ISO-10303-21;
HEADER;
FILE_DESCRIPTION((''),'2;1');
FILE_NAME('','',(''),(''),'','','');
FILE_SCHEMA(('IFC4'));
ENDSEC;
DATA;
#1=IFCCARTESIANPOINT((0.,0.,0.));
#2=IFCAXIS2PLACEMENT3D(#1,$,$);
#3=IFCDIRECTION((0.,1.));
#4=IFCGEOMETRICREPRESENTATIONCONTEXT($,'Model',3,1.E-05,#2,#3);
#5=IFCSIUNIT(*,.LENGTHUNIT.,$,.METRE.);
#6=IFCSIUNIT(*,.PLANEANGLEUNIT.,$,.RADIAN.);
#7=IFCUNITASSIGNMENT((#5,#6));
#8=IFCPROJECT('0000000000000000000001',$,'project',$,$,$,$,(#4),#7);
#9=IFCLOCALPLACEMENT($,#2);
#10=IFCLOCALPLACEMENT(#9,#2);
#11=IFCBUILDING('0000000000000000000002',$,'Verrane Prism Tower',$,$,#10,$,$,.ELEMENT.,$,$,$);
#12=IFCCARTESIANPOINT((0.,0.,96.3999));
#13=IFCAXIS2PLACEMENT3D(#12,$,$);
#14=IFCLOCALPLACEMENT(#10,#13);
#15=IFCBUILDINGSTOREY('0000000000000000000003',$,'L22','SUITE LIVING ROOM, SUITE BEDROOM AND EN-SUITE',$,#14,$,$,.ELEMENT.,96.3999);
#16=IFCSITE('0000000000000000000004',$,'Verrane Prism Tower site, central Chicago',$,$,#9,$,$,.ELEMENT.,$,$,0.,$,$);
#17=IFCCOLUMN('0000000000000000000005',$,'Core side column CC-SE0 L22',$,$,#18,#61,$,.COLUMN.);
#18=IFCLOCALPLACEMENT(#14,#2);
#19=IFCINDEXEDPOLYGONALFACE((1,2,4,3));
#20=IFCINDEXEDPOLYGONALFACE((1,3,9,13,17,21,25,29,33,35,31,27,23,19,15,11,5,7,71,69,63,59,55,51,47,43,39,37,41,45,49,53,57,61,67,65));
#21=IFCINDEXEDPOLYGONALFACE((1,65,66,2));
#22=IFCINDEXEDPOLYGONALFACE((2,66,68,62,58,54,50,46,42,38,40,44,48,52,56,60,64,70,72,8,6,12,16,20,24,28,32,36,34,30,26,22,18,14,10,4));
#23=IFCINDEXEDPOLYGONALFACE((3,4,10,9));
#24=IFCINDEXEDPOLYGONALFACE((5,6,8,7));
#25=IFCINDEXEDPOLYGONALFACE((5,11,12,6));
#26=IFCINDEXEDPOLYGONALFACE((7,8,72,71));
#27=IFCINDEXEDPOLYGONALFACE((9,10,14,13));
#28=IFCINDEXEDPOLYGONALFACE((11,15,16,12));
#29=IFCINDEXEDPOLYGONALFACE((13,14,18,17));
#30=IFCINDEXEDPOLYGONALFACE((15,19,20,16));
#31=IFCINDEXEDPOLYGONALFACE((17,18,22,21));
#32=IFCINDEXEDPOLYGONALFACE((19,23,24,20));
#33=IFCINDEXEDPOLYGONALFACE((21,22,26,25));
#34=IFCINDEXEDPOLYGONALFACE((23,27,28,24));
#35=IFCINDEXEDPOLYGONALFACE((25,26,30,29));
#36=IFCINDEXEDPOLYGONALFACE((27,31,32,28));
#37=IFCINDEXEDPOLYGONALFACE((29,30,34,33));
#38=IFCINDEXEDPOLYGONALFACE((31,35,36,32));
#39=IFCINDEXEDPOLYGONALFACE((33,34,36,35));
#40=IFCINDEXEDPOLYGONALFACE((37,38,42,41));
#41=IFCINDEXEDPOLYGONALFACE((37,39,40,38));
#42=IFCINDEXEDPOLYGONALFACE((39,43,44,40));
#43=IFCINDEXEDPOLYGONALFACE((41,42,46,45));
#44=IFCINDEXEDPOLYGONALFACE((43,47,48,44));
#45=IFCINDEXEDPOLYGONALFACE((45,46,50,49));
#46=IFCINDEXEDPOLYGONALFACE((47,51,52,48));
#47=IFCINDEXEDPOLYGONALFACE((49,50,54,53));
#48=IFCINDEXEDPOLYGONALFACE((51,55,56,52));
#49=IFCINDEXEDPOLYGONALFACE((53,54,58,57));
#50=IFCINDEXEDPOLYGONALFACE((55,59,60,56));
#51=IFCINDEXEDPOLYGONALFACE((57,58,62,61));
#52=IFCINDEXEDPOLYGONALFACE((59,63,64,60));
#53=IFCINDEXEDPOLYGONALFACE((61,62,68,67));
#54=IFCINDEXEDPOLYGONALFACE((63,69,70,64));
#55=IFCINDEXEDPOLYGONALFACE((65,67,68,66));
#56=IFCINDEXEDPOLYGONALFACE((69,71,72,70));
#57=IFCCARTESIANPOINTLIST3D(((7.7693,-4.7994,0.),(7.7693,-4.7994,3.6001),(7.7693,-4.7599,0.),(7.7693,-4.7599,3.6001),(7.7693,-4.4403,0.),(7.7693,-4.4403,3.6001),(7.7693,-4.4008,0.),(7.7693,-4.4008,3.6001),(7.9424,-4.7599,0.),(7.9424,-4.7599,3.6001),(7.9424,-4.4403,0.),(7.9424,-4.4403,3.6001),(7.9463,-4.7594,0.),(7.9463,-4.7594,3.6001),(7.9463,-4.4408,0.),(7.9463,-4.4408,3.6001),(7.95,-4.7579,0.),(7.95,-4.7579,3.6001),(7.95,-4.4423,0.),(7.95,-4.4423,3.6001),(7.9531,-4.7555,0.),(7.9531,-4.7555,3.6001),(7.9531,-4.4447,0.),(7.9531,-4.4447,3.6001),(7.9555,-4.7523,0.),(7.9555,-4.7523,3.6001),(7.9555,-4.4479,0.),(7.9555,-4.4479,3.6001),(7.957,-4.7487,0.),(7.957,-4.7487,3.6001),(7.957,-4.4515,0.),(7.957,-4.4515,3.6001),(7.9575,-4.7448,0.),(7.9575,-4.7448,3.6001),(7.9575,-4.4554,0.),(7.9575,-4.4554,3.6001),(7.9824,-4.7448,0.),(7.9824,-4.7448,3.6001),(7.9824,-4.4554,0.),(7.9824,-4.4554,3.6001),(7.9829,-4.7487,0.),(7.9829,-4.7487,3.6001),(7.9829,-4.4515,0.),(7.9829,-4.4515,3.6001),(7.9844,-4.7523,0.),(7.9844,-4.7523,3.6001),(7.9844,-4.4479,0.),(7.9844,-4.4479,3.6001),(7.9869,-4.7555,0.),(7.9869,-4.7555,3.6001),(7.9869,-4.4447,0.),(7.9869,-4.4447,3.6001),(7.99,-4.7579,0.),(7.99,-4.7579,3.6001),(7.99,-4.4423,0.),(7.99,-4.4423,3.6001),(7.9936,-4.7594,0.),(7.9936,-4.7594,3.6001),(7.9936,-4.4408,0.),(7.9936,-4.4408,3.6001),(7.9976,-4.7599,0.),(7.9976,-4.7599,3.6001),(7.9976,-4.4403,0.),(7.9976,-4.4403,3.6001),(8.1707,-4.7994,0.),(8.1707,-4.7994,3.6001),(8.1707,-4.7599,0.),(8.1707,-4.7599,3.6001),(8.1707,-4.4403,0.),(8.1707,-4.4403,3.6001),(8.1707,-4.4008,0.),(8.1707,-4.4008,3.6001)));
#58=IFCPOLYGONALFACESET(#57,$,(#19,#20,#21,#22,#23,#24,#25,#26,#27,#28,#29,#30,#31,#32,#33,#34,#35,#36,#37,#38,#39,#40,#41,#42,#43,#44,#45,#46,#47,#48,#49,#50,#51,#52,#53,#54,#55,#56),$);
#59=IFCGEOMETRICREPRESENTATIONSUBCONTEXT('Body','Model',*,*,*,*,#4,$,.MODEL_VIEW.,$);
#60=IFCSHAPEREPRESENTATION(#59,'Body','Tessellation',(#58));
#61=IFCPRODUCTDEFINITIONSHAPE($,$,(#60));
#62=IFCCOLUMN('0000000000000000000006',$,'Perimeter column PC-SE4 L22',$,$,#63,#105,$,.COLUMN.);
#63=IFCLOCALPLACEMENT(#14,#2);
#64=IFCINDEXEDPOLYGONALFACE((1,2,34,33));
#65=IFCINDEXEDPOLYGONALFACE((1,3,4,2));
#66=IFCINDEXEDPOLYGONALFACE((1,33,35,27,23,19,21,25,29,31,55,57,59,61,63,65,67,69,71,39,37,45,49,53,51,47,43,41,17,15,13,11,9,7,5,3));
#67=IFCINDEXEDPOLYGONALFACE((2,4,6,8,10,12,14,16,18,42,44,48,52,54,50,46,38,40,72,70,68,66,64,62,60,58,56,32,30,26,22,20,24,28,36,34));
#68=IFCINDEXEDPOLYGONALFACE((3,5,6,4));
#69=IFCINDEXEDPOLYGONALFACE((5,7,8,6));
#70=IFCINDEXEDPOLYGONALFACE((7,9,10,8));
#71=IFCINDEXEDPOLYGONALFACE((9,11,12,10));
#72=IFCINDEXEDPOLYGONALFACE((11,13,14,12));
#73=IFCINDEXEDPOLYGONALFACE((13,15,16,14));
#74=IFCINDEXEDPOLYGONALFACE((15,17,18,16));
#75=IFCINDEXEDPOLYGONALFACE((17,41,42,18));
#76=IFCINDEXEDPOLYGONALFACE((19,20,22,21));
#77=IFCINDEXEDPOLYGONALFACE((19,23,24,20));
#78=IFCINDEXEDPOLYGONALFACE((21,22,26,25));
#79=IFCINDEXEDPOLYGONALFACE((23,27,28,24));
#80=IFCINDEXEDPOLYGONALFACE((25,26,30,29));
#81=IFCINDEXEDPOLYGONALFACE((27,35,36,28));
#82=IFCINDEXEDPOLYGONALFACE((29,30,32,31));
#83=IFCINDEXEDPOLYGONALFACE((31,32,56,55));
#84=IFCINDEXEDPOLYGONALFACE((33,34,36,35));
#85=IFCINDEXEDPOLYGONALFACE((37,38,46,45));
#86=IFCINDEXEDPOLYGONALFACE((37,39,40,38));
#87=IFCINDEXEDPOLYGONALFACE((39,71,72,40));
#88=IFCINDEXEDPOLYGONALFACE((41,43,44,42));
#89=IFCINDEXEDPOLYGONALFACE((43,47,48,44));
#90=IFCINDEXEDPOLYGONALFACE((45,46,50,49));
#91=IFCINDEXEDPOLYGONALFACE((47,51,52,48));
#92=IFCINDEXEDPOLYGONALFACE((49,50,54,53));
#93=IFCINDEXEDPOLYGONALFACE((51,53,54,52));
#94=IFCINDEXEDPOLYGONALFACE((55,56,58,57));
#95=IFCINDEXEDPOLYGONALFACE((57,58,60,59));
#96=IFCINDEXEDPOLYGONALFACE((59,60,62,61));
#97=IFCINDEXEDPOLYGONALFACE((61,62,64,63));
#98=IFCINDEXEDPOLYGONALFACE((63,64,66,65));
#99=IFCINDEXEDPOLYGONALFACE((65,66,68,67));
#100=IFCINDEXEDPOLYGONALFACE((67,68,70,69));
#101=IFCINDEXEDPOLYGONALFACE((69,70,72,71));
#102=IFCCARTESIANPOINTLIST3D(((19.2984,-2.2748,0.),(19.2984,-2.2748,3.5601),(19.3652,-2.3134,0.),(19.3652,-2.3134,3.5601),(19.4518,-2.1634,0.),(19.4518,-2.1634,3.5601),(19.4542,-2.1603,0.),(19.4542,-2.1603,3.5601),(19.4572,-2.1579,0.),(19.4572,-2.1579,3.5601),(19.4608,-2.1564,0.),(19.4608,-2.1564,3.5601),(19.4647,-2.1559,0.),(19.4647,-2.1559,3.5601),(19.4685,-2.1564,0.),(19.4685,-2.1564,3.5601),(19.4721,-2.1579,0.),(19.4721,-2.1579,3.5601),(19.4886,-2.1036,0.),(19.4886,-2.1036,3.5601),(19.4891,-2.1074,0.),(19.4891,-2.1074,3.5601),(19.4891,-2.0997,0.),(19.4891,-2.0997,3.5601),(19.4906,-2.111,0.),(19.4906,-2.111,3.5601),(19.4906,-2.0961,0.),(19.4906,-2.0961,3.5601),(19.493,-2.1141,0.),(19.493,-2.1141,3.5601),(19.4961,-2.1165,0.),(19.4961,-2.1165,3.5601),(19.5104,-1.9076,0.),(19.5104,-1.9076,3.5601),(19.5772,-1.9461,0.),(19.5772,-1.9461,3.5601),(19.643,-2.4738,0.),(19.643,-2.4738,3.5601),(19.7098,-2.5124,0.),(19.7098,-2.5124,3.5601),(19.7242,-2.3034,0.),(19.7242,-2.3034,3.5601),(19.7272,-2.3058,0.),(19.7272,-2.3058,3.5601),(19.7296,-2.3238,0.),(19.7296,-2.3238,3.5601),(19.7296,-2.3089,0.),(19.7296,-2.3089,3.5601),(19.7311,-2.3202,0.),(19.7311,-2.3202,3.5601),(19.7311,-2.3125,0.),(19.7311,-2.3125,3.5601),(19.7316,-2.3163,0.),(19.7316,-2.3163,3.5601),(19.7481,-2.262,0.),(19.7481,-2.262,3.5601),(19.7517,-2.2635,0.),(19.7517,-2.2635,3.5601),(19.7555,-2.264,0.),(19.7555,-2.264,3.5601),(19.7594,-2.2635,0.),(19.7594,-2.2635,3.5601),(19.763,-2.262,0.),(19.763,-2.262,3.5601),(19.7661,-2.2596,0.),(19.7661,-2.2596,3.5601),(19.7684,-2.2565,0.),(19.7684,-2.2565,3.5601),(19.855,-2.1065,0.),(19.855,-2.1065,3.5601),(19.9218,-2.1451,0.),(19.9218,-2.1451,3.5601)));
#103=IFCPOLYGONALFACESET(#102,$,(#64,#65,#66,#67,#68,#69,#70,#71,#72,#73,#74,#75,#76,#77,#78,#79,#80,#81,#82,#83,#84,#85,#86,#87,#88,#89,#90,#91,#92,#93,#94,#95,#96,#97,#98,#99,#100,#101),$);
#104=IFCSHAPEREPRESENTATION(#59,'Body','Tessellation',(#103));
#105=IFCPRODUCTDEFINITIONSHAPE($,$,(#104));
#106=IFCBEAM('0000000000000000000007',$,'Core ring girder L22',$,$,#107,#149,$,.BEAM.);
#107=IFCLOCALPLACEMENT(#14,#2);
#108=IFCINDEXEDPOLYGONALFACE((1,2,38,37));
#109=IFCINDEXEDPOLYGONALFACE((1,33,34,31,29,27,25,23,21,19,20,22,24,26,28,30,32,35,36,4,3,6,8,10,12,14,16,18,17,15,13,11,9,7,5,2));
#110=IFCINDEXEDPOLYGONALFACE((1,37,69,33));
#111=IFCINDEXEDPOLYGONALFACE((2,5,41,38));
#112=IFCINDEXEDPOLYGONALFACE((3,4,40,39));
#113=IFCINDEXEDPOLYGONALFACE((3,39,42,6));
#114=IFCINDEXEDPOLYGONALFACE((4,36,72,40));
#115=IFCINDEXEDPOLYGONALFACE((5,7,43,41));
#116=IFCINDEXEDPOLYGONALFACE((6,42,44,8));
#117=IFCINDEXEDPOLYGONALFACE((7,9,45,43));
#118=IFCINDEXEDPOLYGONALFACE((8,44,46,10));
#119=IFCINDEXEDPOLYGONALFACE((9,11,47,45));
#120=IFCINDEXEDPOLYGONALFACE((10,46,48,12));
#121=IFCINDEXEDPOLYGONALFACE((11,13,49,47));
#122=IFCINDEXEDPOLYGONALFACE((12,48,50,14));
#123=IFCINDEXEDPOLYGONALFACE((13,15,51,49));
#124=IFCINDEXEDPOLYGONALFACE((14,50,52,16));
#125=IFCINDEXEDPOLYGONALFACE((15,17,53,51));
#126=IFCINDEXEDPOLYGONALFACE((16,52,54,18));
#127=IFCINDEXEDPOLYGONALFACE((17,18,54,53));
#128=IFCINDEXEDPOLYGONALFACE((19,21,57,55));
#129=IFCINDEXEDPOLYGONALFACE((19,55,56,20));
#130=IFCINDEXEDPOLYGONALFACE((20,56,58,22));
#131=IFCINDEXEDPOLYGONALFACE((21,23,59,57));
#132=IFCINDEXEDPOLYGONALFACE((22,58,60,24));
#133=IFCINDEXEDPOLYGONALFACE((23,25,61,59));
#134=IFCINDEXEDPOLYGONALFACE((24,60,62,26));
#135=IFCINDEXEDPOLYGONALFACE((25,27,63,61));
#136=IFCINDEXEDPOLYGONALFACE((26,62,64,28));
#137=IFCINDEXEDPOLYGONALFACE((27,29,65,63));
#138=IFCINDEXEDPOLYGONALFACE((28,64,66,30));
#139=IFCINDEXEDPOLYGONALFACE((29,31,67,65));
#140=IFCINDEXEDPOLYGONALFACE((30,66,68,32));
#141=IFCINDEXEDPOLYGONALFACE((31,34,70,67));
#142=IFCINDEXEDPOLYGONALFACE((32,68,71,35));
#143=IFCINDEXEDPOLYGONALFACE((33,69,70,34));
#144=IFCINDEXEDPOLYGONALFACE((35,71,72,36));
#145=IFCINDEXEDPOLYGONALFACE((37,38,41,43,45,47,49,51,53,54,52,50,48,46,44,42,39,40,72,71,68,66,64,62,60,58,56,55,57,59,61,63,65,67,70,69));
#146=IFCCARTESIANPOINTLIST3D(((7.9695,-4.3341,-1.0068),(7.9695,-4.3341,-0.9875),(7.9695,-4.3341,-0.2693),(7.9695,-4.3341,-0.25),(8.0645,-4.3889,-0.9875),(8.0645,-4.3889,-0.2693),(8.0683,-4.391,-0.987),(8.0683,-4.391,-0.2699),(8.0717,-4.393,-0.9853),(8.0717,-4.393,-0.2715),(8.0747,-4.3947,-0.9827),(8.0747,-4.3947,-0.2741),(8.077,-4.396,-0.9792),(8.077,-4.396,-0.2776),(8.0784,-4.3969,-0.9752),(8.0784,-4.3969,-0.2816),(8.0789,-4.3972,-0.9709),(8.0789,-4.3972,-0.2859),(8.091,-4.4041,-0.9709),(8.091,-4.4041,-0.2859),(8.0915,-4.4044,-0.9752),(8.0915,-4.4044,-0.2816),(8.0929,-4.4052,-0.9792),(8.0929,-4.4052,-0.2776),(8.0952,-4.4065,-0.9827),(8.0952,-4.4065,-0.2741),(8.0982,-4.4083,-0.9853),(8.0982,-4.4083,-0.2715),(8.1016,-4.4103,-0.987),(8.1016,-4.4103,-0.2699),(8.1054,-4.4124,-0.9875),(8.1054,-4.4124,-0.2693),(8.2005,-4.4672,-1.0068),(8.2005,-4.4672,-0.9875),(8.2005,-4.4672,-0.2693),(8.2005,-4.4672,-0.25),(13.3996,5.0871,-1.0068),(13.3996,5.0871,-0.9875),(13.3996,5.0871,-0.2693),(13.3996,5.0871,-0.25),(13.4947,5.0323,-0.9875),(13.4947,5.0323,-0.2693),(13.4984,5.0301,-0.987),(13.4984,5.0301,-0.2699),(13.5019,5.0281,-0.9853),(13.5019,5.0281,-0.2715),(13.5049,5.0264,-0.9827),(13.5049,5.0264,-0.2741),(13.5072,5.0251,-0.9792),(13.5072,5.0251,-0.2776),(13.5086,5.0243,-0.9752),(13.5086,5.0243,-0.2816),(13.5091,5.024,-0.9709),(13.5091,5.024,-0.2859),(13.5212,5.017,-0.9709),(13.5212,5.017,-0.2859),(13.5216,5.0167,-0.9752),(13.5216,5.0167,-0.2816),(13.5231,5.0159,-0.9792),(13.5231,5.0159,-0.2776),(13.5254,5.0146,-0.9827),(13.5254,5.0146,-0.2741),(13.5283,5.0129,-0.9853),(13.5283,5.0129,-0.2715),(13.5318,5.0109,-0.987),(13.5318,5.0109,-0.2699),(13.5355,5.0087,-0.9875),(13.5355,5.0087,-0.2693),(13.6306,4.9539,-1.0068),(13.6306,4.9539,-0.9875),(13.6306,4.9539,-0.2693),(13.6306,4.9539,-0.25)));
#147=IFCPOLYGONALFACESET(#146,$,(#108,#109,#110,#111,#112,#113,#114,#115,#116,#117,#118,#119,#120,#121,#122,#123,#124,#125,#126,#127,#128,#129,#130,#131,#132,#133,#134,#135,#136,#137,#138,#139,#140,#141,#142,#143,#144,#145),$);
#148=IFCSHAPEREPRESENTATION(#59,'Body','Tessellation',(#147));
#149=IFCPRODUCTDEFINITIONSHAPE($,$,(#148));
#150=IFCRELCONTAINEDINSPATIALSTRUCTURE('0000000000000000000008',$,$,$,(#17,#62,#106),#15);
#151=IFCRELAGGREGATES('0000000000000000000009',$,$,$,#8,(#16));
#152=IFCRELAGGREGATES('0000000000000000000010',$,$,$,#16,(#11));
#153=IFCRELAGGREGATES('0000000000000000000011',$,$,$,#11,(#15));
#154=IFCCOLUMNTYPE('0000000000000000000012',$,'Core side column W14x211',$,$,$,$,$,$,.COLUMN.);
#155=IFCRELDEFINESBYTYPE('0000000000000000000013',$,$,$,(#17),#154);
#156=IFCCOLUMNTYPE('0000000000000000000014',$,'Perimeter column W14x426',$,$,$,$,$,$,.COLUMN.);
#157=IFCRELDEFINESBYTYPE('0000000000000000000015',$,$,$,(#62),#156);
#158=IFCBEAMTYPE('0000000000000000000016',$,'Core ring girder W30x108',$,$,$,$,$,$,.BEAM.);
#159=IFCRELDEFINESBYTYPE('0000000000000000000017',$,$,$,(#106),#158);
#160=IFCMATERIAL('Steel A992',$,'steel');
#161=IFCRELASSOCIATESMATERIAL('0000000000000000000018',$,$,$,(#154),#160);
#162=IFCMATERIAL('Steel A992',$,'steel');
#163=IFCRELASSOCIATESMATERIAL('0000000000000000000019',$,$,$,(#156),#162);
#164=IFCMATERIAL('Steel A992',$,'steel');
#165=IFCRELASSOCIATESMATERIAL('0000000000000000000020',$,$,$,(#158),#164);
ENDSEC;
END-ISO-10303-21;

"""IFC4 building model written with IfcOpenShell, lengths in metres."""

from ifc_helpers import new_model, si_unit, direction, frame, origin, origin_2d, place, context, subcontext, project, spatial, i_section, extrude, material, material_profile, profile_set, type_object, element, save


model = new_model("IFC4")

# Units and contexts
model_context = context("Model", 3, precision=1e-05, world=origin(), true_north=direction((0.0, 1.0)))
body_context = subcontext(model_context, "Body", "Model", "MODEL_VIEW")
ifc_project = project(units=[si_unit("LENGTHUNIT", "METRE"), si_unit("PLANEANGLEUNIT", "RADIAN")], contexts=[model_context])

# Site, building, storey
site_placement = place(None, origin())
site = spatial("IfcSite", under=ifc_project, at=site_placement, Name="Verrane Prism Tower site, central Chicago", CompositionType="ELEMENT", RefElevation=0.0)
building_placement = place(site_placement, origin())
building = spatial("IfcBuilding", under=site, at=building_placement, Name="Verrane Prism Tower", CompositionType="ELEMENT")
storey_placement = place(building_placement, frame((0.0, 0.0, 96.3999)))
storey = spatial("IfcBuildingStorey", under=building, at=storey_placement, Name="L22", Description="SUITE LIVING ROOM, SUITE BEDROOM AND EN-SUITE", CompositionType="ELEMENT", Elevation=96.3999)

# Columns
ifc_material_1 = material(Name="Steel A992", Category="steel")
ifc_material_profile_1 = material_profile(ifc_material_1, i_section(OverallWidth=0.4014, OverallDepth=0.3987, WebThickness=0.0249, FlangeThickness=0.0396, FilletRadius=0.0151, at=origin_2d()), Name="W14x211")
ifc_profile_set_1 = profile_set([ifc_material_profile_1], Name="Steel A992")
column_type_1 = type_object("IfcColumnType", Name="Core side column W14x211", PredefinedType="COLUMN", material=ifc_profile_set_1)
column_1_placement = place(storey_placement, frame((7.97, -4.6001, 0.0), z_axis=(0.0, 0.0, 1.0), x_axis=(1.0, 0.0, 0.0)))
element("IfcColumn", 1, at=column_1_placement, inside=storey, type_object=column_type_1, Name="Core side column CC-SE0 L22", PredefinedType="COLUMN", context=body_context, shape_type="SweptSolid", body=[
    extrude(i_section(OverallWidth=0.4014, OverallDepth=0.3987, WebThickness=0.0249, FlangeThickness=0.0396, FilletRadius=0.0151, at=origin_2d()), origin(), (0.0, 0.0, 1.0), 3.6001),
])
ifc_material_2 = material(Name="Steel A992", Category="steel")
ifc_material_profile_2 = material_profile(ifc_material_2, i_section(OverallWidth=0.4241, OverallDepth=0.4751, WebThickness=0.0479, FlangeThickness=0.0771, FilletRadius=0.0149, at=origin_2d()), Name="W14x426")
ifc_profile_set_2 = profile_set([ifc_material_profile_2], Name="Steel A992")
column_type_2 = type_object("IfcColumnType", Name="Perimeter column W14x426", PredefinedType="COLUMN", material=ifc_profile_set_2)
column_2_placement = place(storey_placement, frame((19.6101, -2.21, 0.0), z_axis=(0.0, 0.0, 1.0), x_axis=(-0.5, -0.866025, 0.0)))
element("IfcColumn", 2, at=column_2_placement, inside=storey, type_object=column_type_2, Name="Perimeter column PC-SE4 L22", PredefinedType="COLUMN", context=body_context, shape_type="SweptSolid", body=[
    extrude(i_section(OverallWidth=0.4241, OverallDepth=0.4751, WebThickness=0.0479, FlangeThickness=0.0771, FilletRadius=0.0149, at=origin_2d()), origin(), (0.0, 0.0, 1.0), 3.5601),
])

# Beam
ifc_material_3 = material(Name="Steel A992", Category="steel")
ifc_material_profile_3 = material_profile(ifc_material_3, i_section(OverallWidth=0.2666, OverallDepth=0.7568, WebThickness=0.0139, FlangeThickness=0.0193, FilletRadius=0.0166, at=origin_2d()), Name="W30x108")
ifc_profile_set_3 = profile_set([ifc_material_profile_3], Name="Steel A992")
beam_type_1 = type_object("IfcBeamType", Name="Core ring girder W30x108", PredefinedType="BEAM", material=ifc_profile_set_3)
beam_1_placement = place(storey_placement, frame((8.085, -4.4006, -0.6284), z_axis=(0.499371, 0.866388, 0.0), x_axis=(-0.866388, 0.499371, 0.0)))
element("IfcBeam", 3, at=beam_1_placement, inside=storey, type_object=beam_type_1, Name="Core ring girder L22", PredefinedType="BEAM", context=body_context, shape_type="SweptSolid", body=[
    extrude(i_section(OverallWidth=0.2666, OverallDepth=0.7568, WebThickness=0.0139, FlangeThickness=0.0193, FilletRadius=0.0166, at=origin_2d()), origin(), (0.0, 0.0, 1.0), 10.874),
])

save(model, "model.ifc")
